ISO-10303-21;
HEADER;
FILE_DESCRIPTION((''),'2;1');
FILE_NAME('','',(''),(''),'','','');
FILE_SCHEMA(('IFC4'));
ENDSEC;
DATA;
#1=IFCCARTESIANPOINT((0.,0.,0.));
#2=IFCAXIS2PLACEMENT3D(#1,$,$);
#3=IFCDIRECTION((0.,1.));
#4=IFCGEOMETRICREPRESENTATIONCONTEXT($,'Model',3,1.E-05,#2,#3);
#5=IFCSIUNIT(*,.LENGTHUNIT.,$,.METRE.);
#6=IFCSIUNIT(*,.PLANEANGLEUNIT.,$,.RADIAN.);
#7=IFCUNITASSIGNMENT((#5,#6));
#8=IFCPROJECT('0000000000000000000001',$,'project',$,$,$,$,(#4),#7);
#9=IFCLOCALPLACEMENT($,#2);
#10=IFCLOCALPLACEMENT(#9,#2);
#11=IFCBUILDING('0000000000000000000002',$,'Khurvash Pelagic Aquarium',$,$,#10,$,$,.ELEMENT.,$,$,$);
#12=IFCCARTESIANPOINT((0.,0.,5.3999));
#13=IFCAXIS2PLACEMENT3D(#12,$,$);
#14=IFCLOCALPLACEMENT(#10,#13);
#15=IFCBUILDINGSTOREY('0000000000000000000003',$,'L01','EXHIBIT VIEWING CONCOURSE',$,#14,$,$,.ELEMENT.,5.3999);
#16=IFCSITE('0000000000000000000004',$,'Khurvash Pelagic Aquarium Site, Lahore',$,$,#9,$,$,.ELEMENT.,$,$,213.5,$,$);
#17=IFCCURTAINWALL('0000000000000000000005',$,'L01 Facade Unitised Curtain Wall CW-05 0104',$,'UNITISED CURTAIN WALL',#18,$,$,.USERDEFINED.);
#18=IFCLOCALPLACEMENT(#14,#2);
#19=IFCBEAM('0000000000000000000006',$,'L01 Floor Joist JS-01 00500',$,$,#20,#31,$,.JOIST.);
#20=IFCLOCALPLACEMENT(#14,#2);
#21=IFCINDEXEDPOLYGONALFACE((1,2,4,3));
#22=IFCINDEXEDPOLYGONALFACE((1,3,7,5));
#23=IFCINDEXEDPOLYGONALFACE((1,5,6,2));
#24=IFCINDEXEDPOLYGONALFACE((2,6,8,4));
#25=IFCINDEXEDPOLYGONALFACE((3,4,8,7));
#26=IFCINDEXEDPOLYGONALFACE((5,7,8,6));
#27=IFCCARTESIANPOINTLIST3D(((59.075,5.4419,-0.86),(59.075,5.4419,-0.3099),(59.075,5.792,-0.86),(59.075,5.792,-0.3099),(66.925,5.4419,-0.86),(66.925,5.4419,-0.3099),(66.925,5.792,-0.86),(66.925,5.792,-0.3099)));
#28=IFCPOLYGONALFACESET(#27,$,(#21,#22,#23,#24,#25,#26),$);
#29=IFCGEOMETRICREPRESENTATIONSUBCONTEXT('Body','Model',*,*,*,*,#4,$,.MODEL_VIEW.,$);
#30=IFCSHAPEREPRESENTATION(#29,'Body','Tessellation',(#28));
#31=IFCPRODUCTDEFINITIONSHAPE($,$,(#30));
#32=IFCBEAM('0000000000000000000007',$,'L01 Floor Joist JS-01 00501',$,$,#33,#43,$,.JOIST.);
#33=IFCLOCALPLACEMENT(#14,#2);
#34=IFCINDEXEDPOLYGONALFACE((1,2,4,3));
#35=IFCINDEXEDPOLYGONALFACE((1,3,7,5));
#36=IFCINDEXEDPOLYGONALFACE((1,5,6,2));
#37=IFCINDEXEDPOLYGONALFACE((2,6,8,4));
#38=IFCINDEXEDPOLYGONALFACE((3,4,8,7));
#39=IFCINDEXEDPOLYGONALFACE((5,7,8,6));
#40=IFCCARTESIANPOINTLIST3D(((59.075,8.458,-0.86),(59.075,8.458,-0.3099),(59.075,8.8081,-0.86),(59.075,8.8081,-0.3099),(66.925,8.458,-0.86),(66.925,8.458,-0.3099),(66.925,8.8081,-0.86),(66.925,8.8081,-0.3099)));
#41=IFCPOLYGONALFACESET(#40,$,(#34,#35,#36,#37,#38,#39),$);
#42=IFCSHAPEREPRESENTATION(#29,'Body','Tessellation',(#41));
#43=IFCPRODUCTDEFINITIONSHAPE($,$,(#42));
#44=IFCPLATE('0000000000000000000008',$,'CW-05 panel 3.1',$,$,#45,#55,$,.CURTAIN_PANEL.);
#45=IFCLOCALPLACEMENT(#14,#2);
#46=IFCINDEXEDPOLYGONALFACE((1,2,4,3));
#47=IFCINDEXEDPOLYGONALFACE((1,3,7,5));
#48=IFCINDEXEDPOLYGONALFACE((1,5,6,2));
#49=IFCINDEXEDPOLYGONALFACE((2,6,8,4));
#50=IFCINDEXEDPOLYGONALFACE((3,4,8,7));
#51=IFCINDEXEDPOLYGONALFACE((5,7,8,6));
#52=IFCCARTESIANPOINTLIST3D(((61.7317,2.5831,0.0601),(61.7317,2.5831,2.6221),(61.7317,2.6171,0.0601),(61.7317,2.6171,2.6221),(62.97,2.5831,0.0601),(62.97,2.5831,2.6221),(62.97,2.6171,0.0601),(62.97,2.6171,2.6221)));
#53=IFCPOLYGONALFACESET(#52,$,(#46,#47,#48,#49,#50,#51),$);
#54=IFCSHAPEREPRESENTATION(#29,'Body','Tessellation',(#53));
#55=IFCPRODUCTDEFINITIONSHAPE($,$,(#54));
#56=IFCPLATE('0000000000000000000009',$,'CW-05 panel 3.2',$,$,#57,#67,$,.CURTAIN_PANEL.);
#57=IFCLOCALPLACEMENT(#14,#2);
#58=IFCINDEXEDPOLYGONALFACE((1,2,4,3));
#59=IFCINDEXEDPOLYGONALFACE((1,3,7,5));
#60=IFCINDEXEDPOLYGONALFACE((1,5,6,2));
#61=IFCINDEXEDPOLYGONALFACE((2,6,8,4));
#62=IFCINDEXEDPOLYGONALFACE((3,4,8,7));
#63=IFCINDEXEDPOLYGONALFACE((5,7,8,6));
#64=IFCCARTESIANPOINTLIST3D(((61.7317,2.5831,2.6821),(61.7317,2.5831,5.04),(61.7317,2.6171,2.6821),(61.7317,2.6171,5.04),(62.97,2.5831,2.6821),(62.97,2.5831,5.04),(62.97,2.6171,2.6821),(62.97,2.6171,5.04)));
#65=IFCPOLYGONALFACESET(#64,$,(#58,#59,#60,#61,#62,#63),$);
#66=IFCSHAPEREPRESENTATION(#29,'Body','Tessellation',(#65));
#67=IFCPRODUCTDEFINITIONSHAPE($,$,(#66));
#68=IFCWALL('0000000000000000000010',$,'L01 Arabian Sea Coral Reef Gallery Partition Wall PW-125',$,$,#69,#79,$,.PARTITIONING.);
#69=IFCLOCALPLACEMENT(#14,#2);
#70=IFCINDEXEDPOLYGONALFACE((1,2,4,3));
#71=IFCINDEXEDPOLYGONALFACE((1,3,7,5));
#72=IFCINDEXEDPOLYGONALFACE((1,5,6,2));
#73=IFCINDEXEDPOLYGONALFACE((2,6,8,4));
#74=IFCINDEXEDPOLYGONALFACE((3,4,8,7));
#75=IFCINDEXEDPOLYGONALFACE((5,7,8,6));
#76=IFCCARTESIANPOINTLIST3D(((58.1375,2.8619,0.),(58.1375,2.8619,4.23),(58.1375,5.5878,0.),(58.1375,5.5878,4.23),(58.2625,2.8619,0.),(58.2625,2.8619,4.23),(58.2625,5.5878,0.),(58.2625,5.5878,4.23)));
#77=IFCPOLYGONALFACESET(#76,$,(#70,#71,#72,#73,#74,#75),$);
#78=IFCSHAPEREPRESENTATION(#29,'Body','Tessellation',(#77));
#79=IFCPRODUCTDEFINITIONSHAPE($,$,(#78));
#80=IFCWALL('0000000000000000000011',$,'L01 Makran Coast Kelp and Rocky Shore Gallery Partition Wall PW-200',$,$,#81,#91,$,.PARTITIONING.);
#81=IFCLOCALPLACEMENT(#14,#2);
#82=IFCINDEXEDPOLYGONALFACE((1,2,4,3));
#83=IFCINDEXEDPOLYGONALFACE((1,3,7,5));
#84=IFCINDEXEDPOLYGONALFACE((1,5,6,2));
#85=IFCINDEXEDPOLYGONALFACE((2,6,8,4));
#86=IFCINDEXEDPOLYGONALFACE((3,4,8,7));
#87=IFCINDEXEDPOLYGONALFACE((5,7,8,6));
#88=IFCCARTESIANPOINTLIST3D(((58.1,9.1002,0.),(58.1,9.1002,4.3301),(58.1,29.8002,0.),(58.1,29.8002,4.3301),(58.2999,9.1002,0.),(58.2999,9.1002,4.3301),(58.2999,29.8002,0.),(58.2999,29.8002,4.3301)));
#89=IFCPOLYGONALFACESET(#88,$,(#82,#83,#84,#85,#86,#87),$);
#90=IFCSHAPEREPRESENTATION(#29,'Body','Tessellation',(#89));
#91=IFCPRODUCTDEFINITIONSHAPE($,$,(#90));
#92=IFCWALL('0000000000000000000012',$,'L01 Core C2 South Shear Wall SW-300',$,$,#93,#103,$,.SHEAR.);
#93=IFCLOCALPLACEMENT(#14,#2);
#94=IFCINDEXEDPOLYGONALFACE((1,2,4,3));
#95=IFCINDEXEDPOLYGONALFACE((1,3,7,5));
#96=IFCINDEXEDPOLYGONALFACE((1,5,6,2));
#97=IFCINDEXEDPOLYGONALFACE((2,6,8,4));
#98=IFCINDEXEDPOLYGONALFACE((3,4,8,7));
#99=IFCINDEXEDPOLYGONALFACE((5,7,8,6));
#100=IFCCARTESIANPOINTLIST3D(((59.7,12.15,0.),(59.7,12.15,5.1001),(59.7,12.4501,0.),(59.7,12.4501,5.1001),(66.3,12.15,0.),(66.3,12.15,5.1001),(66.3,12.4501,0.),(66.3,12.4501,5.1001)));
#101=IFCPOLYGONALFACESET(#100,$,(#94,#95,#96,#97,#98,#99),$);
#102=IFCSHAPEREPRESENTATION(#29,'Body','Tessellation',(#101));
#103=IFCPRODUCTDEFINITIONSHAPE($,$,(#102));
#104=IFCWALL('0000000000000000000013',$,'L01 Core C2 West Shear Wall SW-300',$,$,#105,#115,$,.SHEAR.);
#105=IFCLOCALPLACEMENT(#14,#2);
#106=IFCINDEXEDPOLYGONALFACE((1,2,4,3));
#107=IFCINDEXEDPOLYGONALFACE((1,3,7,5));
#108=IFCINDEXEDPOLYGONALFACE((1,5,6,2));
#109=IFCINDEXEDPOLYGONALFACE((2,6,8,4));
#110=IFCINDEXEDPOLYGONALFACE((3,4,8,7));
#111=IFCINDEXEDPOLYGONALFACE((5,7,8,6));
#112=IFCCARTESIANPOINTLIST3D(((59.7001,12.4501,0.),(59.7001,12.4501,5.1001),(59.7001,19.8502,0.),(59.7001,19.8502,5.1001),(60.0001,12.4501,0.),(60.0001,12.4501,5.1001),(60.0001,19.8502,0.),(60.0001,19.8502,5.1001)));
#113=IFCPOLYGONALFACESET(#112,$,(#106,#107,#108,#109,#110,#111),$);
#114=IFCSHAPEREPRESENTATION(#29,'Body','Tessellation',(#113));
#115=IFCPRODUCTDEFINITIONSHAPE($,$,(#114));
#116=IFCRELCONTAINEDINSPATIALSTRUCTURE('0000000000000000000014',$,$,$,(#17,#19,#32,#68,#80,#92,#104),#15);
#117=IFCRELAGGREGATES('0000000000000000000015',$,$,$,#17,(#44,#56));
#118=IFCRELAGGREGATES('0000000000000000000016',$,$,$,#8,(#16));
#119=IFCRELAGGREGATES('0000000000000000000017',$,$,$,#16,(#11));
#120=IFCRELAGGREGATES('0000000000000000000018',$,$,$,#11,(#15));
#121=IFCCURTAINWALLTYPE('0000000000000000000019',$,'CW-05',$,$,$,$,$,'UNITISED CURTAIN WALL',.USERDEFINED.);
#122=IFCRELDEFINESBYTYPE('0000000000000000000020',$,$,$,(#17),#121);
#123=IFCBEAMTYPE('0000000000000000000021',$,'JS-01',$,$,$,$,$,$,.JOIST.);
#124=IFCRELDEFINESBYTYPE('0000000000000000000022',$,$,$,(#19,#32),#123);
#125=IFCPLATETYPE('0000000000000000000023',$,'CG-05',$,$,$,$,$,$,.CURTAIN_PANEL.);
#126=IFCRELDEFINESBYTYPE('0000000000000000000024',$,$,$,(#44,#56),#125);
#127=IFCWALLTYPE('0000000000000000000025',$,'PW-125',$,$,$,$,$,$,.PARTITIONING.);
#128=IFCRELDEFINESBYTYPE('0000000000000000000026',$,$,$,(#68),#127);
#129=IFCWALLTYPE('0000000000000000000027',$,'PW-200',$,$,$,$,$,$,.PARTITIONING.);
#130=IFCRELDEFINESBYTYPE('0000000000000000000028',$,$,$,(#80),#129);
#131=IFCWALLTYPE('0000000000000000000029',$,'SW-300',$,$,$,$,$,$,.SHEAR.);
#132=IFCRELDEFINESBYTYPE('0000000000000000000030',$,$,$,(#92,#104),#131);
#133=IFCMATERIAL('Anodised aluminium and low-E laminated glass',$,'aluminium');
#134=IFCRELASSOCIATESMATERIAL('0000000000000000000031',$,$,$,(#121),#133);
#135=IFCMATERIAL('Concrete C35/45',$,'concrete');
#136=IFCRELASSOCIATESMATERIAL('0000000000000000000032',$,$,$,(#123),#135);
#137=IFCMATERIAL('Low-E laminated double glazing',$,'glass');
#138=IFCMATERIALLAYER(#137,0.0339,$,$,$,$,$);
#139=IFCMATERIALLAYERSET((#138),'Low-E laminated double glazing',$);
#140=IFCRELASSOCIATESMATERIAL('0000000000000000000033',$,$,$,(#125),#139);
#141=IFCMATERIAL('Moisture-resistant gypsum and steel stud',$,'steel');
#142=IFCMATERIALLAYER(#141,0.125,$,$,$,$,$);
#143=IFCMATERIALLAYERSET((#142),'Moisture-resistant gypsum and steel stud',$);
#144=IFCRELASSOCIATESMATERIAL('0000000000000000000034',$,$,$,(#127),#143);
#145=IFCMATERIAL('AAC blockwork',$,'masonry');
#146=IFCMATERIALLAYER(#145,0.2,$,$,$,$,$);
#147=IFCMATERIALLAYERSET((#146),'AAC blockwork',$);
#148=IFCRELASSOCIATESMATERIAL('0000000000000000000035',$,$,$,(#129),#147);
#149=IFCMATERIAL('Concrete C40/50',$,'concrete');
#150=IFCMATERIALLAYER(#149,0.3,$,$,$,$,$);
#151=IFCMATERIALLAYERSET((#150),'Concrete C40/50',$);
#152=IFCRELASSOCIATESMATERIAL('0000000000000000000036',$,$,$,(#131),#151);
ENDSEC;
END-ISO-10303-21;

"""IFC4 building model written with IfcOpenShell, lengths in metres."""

from ifc_helpers import new_model, si_unit, direction, frame, frame_2d, origin, origin_2d, place, context, subcontext, project, spatial, rectangle, extrude, material, layer, layer_set, material_profile, profile_set, type_object, element, aggregate, save


model = new_model("IFC4")

# Units and contexts
model_context = context("Model", 3, precision=1e-05, world=origin(), true_north=direction((0.0, 1.0)))
body_context = subcontext(model_context, "Body", "Model", "MODEL_VIEW")
ifc_project = project(units=[si_unit("LENGTHUNIT", "METRE"), si_unit("PLANEANGLEUNIT", "RADIAN")], contexts=[model_context])

# Site, building, storey
site_placement = place(None, origin())
site = spatial("IfcSite", under=ifc_project, at=site_placement, Name="Khurvash Pelagic Aquarium Site, Lahore", CompositionType="ELEMENT", RefElevation=213.5)
building_placement = place(site_placement, origin())
building = spatial("IfcBuilding", under=site, at=building_placement, Name="Khurvash Pelagic Aquarium", CompositionType="ELEMENT")
storey_placement = place(building_placement, frame((0.0, 0.0, 5.3999)))
storey = spatial("IfcBuildingStorey", under=building, at=storey_placement, Name="L01", Description="EXHIBIT VIEWING CONCOURSE", CompositionType="ELEMENT", Elevation=5.3999)

# Shared definitions
ifc_material_1 = material(Name="Concrete C40/50", Category="concrete")

# Shared definitions
ifc_material_2 = material(Name="Concrete C35/45", Category="concrete")

# Curtain wall
ifc_material_3 = material(Name="Anodised aluminium and low-E laminated glass", Category="aluminium")
curtain_wall_type = type_object("IfcCurtainWallType", Name="CW-05", ElementType="UNITISED CURTAIN WALL", PredefinedType="USERDEFINED", material=ifc_material_3)
curtain_wall_placement = place(storey_placement, origin())
curtain_wall = element("IfcCurtainWall", 1, at=curtain_wall_placement, inside=storey, type_object=curtain_wall_type, Name="L01 Facade Unitised Curtain Wall CW-05 0104", ObjectType="UNITISED CURTAIN WALL", PredefinedType="USERDEFINED")

# Beams
ifc_material_profile_1 = material_profile(ifc_material_2, rectangle(XDim=0.3501, YDim=0.55, at=origin_2d()), Name="RC350X550")
ifc_profile_set_1 = profile_set([ifc_material_profile_1], Name="Concrete C35/45")
beam_type_1 = type_object("IfcBeamType", Name="JS-01", PredefinedType="JOIST", material=ifc_profile_set_1)
for number, where, z_axis, x_axis, name in (
    (2, (59.075, 5.6169, -0.585), (1.0, 0.0, 0.0), (0.0, 1.0, 0.0), "L01 Floor Joist JS-01 00500"),
    (3, (59.075, 8.6331, -0.585), (1.0, 0.0, 0.0), (0.0, 1.0, 0.0), "L01 Floor Joist JS-01 00501"),
):
    element("IfcBeam", number, at=place(storey_placement, frame(where, z_axis=z_axis, x_axis=x_axis)), inside=storey, type_object=beam_type_1, Name=name, PredefinedType="JOIST", context=body_context, shape_type="SweptSolid", body=[
        extrude(rectangle(XDim=0.3501, YDim=0.55, at=origin_2d()), origin(), (0.0, 0.0, 1.0), 7.8501),
    ])

# Plates
ifc_material_4 = material(Name="Low-E laminated double glazing", Category="glass")
ifc_layer_1 = layer(ifc_material_4, 0.0339)
ifc_layer_set_1 = layer_set([ifc_layer_1], Name="Low-E laminated double glazing")
plate_type = type_object("IfcPlateType", Name="CG-05", PredefinedType="CURTAIN_PANEL", material=ifc_layer_set_1)
plate_1_placement = place(storey_placement, frame((62.3508, 2.6001, 0.0601), z_axis=(0.0, 0.0, 1.0), x_axis=(1.0, 0.0, 0.0)))
plate_1 = element("IfcPlate", 4, at=plate_1_placement, type_object=plate_type, Name="CW-05 panel 3.1", PredefinedType="CURTAIN_PANEL", context=body_context, shape_type="SweptSolid", body=[
    extrude(rectangle(XDim=1.2383, YDim=0.0339, at=origin_2d()), origin(), (0.0, 0.0, 1.0), 2.562),
])
plate_2_placement = place(storey_placement, frame((62.3508, 2.6001, 2.6821), z_axis=(0.0, 0.0, 1.0), x_axis=(1.0, 0.0, 0.0)))
plate_2 = element("IfcPlate", 5, at=plate_2_placement, type_object=plate_type, Name="CW-05 panel 3.2", PredefinedType="CURTAIN_PANEL", context=body_context, shape_type="SweptSolid", body=[
    extrude(rectangle(XDim=1.2383, YDim=0.0339, at=origin_2d()), origin(), (0.0, 0.0, 1.0), 2.3579),
])
aggregate(curtain_wall, [plate_1, plate_2])

# Walls
ifc_material_5 = material(Name="Moisture-resistant gypsum and steel stud", Category="steel")
ifc_layer_2 = layer(ifc_material_5, 0.125)
ifc_layer_set_2 = layer_set([ifc_layer_2], Name="Moisture-resistant gypsum and steel stud")
wall_type_1 = type_object("IfcWallType", Name="PW-125", PredefinedType="PARTITIONING", material=ifc_layer_set_2)
wall_1_placement = place(storey_placement, frame((58.2, 2.8621, 0.0), z_axis=(0.0, 0.0, 1.0), x_axis=(0.0, 1.0, 0.0)))
element("IfcWall", 6, at=wall_1_placement, inside=storey, type_object=wall_type_1, Name="L01 Arabian Sea Coral Reef Gallery Partition Wall PW-125", PredefinedType="PARTITIONING", context=body_context, shape_type="SweptSolid", body=[
    extrude(rectangle(XDim=2.7258, YDim=0.125, at=frame_2d((1.3628, 0.0))), origin(), (0.0, 0.0, 1.0), 4.23),
])
ifc_material_6 = material(Name="AAC blockwork", Category="masonry")
ifc_layer_3 = layer(ifc_material_6, 0.2)
ifc_layer_set_3 = layer_set([ifc_layer_3], Name="AAC blockwork")
wall_type_2 = type_object("IfcWallType", Name="PW-200", PredefinedType="PARTITIONING", material=ifc_layer_set_3)
wall_2_placement = place(storey_placement, frame((58.2, 9.1001, 0.0), z_axis=(0.0, 0.0, 1.0), x_axis=(0.0, 1.0, 0.0)))
element("IfcWall", 7, at=wall_2_placement, inside=storey, type_object=wall_type_2, Name="L01 Makran Coast Kelp and Rocky Shore Gallery Partition Wall PW-200", PredefinedType="PARTITIONING", context=body_context, shape_type="SweptSolid", body=[
    extrude(rectangle(XDim=20.7, YDim=0.2, at=frame_2d((10.3501, 0.0))), origin(), (0.0, 0.0, 1.0), 4.3301),
])
ifc_layer_4 = layer(ifc_material_1, 0.3)
ifc_layer_set_4 = layer_set([ifc_layer_4], Name="Concrete C40/50")
wall_type_3 = type_object("IfcWallType", Name="SW-300", PredefinedType="SHEAR", material=ifc_layer_set_4)
wall_3_placement = place(storey_placement, frame((59.7, 12.3, 0.0), z_axis=(0.0, 0.0, 1.0), x_axis=(1.0, 0.0, 0.0)))
element("IfcWall", 8, at=wall_3_placement, inside=storey, type_object=wall_type_3, Name="L01 Core C2 South Shear Wall SW-300", PredefinedType="SHEAR", context=body_context, shape_type="SweptSolid", body=[
    extrude(rectangle(XDim=6.6001, YDim=0.3, at=frame_2d((3.3, 0.0))), origin(), (0.0, 0.0, 1.0), 5.1001),
])
wall_4_placement = place(storey_placement, frame((59.8501, 12.45, 0.0), z_axis=(0.0, 0.0, 1.0), x_axis=(0.0, 1.0, 0.0)))
element("IfcWall", 9, at=wall_4_placement, inside=storey, type_object=wall_type_3, Name="L01 Core C2 West Shear Wall SW-300", PredefinedType="SHEAR", context=body_context, shape_type="SweptSolid", body=[
    extrude(rectangle(XDim=7.4001, YDim=0.3, at=frame_2d((3.7002, 0.0))), origin(), (0.0, 0.0, 1.0), 5.1001),
])

save(model, "model.ifc")
